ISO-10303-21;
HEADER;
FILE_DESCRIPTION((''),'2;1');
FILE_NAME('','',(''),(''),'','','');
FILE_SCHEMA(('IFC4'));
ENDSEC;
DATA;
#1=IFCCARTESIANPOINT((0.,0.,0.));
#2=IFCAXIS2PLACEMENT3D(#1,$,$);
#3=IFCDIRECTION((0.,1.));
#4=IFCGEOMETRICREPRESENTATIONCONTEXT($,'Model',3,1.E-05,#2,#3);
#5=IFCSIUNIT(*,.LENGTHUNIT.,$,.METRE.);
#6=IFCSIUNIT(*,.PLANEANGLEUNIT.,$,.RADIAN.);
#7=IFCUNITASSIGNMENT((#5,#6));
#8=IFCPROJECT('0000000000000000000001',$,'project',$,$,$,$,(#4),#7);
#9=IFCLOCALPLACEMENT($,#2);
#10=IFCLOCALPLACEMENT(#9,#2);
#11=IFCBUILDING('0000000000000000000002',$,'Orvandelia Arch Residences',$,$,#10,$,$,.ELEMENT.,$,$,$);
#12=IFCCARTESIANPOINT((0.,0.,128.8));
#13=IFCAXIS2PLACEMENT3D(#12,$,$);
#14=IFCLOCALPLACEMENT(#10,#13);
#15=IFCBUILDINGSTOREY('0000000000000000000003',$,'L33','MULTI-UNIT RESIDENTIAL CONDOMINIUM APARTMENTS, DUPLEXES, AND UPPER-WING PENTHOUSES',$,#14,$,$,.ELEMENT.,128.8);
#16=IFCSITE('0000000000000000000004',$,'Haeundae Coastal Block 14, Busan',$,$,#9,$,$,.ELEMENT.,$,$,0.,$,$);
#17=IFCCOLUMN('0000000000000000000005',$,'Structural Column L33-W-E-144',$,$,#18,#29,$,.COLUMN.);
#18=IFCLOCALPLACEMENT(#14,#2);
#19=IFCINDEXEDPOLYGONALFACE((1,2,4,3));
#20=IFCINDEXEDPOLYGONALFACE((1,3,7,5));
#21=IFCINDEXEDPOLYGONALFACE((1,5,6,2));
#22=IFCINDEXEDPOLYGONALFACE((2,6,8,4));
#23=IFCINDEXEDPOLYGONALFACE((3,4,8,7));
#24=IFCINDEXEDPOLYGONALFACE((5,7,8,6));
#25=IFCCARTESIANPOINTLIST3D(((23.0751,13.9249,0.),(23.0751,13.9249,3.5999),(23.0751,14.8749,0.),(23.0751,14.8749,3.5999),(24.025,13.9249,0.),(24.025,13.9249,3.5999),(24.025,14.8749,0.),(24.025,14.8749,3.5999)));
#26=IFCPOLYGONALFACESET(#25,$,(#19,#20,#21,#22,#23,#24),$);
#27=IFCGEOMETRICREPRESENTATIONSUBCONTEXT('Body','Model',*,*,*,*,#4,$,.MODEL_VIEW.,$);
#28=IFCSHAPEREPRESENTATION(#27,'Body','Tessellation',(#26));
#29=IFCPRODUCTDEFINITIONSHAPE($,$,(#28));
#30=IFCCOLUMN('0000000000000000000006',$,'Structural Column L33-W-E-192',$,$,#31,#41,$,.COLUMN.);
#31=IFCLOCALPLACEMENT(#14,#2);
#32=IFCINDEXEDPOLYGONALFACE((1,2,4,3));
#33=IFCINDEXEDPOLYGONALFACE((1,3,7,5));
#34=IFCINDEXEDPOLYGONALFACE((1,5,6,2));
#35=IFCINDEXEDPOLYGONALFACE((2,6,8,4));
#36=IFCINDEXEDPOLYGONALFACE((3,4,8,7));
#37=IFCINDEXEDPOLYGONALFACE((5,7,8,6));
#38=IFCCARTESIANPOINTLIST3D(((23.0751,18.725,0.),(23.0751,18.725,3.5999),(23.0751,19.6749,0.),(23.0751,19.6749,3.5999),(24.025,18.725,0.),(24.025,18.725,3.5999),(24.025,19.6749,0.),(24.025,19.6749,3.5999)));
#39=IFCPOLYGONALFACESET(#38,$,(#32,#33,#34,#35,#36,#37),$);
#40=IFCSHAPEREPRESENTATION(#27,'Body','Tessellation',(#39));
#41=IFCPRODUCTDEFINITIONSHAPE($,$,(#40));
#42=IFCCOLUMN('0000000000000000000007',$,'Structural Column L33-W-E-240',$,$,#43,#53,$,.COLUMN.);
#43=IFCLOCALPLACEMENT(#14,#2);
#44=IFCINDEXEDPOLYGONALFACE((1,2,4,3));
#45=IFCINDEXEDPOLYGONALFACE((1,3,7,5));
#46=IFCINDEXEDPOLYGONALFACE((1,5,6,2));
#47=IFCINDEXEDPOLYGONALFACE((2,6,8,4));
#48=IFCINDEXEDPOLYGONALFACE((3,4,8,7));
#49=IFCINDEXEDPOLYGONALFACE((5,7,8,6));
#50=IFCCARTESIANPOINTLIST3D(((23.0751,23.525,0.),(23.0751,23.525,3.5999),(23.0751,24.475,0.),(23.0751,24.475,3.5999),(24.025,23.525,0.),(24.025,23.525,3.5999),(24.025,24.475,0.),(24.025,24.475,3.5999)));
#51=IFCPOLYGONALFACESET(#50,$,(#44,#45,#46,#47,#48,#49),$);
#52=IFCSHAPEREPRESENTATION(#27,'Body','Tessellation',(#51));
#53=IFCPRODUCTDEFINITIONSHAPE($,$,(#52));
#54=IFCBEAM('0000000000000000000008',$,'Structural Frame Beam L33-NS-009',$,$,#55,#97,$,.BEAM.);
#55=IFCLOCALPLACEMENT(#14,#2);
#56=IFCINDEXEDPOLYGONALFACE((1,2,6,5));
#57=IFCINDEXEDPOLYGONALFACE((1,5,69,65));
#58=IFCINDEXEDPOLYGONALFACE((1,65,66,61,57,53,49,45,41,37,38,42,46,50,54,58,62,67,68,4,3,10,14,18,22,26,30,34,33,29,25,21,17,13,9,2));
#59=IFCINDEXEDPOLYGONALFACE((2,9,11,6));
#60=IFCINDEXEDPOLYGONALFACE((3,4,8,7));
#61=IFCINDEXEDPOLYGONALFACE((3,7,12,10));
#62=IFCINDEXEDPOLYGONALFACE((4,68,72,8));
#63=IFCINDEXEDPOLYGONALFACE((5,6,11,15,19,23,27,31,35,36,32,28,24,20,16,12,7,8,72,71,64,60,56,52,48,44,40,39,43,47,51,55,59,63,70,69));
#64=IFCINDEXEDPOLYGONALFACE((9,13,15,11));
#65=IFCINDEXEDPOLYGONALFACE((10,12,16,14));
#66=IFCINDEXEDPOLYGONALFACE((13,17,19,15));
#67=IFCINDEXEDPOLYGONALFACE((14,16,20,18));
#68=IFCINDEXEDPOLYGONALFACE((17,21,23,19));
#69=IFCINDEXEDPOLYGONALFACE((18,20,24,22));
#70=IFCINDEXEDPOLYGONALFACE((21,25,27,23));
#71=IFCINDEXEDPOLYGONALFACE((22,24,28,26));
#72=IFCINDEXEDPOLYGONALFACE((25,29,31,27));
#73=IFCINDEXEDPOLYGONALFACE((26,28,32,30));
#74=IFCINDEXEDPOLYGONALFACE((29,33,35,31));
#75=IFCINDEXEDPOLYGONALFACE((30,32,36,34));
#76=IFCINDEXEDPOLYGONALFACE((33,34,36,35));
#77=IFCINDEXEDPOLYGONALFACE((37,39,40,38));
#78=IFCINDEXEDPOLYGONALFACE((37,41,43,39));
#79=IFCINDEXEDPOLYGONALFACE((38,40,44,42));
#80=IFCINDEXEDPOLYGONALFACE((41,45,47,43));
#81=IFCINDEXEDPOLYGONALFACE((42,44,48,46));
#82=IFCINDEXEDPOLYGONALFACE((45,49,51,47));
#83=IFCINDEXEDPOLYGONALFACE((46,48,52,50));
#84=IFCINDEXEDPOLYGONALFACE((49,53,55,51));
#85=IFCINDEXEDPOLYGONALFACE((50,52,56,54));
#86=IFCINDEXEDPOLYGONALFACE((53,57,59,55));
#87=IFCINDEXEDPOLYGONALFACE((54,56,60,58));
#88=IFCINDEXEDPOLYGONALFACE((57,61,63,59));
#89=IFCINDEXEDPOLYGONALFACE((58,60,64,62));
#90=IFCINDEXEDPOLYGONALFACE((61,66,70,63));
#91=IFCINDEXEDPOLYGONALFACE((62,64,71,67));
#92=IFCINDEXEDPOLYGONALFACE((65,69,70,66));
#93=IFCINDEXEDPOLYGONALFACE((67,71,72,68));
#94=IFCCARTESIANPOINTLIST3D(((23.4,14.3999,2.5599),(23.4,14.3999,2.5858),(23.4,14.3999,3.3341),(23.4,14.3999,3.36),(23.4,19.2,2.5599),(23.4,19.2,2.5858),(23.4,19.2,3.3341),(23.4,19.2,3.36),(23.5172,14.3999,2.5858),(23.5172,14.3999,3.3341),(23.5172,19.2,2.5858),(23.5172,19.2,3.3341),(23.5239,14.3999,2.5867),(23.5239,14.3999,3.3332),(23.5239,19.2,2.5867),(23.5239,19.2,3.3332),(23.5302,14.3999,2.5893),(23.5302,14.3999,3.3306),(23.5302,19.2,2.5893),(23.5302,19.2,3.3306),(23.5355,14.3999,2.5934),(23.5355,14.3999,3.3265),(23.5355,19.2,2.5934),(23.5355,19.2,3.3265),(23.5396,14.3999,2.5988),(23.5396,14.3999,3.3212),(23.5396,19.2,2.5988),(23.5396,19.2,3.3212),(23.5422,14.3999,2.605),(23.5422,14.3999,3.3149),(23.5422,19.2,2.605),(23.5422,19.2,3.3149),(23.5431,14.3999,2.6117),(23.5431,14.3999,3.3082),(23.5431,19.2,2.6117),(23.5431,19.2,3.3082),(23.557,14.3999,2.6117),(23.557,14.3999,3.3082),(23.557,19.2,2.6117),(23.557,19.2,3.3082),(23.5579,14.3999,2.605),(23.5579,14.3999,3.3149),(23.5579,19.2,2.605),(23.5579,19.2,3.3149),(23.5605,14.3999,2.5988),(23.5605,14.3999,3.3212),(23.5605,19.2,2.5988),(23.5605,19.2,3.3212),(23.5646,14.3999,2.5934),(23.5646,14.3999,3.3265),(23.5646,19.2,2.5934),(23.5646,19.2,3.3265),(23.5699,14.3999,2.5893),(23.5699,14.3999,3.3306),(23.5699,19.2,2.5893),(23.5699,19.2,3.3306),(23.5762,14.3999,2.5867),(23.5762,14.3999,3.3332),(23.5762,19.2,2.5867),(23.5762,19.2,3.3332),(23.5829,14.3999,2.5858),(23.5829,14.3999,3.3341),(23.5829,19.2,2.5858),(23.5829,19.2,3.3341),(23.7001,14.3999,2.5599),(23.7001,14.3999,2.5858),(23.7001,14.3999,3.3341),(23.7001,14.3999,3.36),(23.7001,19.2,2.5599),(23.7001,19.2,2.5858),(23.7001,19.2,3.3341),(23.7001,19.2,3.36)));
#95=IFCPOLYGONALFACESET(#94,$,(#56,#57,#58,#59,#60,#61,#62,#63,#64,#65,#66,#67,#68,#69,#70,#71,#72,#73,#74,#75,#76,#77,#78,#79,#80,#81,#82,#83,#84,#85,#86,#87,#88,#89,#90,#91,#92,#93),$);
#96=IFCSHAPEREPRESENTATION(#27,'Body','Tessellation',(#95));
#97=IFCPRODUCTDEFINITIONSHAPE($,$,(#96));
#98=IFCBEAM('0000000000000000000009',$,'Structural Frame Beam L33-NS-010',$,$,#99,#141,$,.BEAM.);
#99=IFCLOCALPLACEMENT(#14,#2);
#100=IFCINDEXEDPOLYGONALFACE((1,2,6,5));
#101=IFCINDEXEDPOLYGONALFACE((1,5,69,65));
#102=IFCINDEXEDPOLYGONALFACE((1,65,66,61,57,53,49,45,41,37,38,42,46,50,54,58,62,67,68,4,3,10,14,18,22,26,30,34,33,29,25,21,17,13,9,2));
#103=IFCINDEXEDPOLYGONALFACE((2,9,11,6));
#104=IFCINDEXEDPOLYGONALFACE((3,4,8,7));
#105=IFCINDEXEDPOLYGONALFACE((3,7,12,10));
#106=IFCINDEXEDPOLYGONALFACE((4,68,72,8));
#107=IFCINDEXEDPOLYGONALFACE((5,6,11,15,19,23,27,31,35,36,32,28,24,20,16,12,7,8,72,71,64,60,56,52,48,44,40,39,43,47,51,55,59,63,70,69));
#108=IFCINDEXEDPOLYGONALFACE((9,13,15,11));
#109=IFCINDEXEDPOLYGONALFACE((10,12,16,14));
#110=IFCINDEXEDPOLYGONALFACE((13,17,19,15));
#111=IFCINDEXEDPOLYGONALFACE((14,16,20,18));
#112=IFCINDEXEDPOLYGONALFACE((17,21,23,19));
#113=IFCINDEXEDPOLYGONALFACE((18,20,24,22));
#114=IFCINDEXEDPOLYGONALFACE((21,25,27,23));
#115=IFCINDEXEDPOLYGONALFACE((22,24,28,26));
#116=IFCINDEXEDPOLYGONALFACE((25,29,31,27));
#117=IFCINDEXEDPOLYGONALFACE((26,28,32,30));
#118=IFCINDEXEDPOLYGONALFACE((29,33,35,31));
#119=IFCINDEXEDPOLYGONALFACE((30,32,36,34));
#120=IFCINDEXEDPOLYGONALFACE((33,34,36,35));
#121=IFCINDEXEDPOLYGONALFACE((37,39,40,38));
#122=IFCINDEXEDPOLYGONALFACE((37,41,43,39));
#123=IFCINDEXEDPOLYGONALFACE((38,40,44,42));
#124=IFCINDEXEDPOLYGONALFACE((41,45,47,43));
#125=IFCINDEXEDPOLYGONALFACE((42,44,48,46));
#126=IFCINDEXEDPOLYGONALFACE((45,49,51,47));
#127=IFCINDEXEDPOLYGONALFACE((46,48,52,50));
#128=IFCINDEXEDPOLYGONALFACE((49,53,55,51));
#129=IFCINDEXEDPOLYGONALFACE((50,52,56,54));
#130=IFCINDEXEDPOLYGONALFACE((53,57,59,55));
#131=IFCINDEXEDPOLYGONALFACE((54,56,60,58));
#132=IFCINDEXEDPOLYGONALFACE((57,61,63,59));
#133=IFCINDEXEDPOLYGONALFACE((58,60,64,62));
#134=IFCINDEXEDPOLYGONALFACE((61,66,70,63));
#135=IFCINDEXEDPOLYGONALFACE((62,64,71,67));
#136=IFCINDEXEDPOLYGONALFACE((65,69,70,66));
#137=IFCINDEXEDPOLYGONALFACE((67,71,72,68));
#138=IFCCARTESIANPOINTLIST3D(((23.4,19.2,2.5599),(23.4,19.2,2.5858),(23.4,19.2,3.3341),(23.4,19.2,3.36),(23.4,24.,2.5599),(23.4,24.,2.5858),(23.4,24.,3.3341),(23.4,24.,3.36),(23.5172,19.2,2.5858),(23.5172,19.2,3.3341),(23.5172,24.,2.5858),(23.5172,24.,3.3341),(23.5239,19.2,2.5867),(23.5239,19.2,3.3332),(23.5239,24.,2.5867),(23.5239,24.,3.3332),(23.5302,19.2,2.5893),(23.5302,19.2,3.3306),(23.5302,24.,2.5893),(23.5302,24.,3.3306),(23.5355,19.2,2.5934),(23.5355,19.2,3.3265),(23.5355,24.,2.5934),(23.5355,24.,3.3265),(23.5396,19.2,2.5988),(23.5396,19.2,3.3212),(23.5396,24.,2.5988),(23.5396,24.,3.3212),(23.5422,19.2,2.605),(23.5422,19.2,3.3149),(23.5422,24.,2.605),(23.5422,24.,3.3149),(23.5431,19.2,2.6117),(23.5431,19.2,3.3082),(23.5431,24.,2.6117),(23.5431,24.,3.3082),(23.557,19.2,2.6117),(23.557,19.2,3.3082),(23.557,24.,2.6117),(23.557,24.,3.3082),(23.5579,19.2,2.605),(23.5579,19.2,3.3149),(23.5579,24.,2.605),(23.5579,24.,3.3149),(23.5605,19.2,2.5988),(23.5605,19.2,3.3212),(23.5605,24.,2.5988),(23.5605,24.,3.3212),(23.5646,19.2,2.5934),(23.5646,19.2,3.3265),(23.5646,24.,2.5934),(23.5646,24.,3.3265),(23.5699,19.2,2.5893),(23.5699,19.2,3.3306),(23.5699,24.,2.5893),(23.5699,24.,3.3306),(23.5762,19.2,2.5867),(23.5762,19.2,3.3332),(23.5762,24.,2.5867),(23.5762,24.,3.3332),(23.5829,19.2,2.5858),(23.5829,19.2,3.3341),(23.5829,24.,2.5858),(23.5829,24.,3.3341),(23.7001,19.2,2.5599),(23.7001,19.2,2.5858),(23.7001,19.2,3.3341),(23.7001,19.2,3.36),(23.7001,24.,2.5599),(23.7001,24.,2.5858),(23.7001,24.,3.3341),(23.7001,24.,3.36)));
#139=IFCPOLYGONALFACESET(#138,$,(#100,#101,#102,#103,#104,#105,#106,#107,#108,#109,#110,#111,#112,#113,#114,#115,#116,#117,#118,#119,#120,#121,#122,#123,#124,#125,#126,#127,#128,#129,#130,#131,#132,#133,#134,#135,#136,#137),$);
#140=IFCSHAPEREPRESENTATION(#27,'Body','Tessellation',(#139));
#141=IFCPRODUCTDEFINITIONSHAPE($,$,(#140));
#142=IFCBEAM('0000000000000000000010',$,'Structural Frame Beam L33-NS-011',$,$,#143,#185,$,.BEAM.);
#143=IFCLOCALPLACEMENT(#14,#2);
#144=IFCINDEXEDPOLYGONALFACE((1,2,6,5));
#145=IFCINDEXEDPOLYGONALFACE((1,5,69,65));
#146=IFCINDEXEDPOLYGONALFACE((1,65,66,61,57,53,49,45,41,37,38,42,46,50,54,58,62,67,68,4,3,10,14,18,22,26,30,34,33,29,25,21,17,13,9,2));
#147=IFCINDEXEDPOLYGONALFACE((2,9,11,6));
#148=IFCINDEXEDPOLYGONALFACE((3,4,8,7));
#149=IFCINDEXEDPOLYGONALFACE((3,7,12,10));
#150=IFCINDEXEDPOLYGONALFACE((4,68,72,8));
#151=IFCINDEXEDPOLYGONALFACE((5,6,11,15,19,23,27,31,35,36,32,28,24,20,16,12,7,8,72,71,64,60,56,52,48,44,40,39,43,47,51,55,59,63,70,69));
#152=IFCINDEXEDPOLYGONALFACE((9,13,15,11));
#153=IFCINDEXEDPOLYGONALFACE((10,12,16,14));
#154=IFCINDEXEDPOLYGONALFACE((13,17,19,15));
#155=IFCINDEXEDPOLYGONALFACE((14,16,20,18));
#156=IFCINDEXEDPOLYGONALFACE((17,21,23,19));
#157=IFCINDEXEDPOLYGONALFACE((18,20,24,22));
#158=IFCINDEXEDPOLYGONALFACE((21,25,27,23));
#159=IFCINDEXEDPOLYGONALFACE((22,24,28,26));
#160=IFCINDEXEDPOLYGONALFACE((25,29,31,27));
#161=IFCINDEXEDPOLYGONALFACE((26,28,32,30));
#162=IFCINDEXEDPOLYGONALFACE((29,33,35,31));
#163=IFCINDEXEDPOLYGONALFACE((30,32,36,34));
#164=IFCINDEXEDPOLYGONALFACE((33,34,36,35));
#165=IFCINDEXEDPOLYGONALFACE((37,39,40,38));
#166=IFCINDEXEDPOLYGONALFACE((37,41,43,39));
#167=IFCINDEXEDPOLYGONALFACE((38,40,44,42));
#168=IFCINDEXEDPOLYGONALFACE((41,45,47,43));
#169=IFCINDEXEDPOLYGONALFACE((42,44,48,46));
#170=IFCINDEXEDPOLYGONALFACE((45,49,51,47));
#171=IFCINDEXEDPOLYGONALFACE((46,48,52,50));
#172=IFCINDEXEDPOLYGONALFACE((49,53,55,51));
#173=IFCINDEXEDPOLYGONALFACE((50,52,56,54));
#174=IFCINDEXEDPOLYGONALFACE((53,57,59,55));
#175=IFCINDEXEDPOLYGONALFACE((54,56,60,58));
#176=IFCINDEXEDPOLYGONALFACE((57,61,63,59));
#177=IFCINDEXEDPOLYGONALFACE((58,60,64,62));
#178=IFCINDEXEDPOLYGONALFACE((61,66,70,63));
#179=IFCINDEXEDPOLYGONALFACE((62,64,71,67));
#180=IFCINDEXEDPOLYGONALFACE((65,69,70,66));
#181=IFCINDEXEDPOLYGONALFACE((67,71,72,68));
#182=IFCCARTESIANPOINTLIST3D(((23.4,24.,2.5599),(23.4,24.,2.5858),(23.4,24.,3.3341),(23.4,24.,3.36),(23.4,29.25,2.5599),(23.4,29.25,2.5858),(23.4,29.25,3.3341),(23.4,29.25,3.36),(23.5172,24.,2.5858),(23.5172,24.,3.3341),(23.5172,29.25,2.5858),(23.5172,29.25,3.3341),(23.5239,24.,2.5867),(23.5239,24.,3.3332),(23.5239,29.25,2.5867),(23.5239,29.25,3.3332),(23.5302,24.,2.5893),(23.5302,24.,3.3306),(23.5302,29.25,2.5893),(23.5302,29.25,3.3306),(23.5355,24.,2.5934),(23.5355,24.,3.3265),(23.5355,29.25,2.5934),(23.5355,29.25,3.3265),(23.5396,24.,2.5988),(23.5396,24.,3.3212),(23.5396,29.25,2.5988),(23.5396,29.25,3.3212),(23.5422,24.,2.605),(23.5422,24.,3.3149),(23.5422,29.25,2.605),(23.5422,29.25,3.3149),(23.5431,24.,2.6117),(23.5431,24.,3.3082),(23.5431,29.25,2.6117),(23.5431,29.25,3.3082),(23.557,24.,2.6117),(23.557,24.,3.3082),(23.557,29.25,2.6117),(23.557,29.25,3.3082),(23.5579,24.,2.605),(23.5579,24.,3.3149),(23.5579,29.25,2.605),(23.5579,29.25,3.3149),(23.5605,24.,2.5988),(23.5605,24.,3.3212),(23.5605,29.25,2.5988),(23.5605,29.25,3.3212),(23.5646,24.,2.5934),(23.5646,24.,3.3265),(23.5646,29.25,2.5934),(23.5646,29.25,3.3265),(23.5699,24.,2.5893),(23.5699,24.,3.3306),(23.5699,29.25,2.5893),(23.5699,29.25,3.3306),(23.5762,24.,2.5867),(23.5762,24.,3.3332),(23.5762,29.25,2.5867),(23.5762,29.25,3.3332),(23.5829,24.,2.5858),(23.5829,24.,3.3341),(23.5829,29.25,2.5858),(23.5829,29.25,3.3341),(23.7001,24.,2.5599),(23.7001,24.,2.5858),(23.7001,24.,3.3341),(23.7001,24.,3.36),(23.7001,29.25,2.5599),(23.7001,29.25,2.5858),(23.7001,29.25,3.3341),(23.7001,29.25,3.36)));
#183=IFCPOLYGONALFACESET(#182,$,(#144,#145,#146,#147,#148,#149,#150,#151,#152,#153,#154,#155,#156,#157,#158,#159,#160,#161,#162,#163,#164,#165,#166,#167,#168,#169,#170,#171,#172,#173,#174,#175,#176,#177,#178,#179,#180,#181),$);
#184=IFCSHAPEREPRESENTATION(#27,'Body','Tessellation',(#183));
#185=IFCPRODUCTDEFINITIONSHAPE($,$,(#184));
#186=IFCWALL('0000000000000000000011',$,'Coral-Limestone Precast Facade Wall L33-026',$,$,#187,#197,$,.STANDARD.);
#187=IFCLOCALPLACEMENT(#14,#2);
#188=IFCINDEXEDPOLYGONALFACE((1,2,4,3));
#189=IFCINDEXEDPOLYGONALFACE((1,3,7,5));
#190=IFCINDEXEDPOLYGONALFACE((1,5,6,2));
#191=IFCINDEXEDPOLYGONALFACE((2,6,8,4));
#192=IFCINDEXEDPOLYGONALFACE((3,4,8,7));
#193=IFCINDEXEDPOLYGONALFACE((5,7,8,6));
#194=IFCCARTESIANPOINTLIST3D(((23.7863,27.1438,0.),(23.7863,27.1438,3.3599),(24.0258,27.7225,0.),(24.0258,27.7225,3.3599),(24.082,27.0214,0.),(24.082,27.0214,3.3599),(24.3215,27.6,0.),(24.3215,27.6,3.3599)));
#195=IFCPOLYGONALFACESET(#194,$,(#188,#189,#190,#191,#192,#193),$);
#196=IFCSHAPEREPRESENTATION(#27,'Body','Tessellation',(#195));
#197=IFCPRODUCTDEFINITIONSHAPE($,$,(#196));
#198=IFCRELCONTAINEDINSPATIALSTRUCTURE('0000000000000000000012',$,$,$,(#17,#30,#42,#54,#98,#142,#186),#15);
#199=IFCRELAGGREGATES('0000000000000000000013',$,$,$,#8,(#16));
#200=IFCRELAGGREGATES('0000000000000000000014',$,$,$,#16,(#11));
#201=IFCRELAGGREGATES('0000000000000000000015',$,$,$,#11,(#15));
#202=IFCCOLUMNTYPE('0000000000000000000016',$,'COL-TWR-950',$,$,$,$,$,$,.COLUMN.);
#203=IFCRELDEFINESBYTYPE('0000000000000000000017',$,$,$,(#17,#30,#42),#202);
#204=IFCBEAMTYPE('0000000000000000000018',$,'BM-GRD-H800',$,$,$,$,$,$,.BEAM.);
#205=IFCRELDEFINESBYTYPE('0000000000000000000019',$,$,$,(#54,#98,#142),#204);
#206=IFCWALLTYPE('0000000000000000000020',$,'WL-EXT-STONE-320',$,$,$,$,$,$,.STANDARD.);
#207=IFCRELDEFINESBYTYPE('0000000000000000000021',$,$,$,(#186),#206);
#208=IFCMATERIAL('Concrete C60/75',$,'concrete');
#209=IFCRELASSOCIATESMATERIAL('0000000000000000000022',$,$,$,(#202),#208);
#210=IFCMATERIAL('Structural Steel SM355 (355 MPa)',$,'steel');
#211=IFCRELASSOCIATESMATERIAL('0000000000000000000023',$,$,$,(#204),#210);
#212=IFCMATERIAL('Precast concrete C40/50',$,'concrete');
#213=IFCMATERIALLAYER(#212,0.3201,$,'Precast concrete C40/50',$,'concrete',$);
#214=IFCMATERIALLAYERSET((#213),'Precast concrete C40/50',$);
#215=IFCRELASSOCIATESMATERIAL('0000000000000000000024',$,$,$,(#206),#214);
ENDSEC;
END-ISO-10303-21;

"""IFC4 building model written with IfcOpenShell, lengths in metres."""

from ifc_helpers import new_model, si_unit, direction, frame, frame_2d, origin, origin_2d, place, context, subcontext, project, spatial, rectangle, i_section, extrude, material, layer, layer_set, material_profile, profile_set, type_object, element, save


model = new_model("IFC4")

# Units and contexts
model_context = context("Model", 3, precision=1e-05, world=origin(), true_north=direction((0.0, 1.0)))
body_context = subcontext(model_context, "Body", "Model", "MODEL_VIEW")
ifc_project = project(units=[si_unit("LENGTHUNIT", "METRE"), si_unit("PLANEANGLEUNIT", "RADIAN")], contexts=[model_context])

# Site, building, storey
site_placement = place(None, origin())
site = spatial("IfcSite", under=ifc_project, at=site_placement, Name="Haeundae Coastal Block 14, Busan", CompositionType="ELEMENT", RefElevation=0.0)
building_placement = place(site_placement, origin())
building = spatial("IfcBuilding", under=site, at=building_placement, Name="Orvandelia Arch Residences", CompositionType="ELEMENT")
storey_placement = place(building_placement, frame((0.0, 0.0, 128.8)))
storey = spatial("IfcBuildingStorey", under=building, at=storey_placement, Name="L33", Description="MULTI-UNIT RESIDENTIAL CONDOMINIUM APARTMENTS, DUPLEXES, AND UPPER-WING PENTHOUSES", CompositionType="ELEMENT", Elevation=128.8)

# Columns
ifc_material_1 = material(Name="Concrete C60/75", Category="concrete")
ifc_material_profile_1 = material_profile(ifc_material_1, rectangle(XDim=0.95, YDim=0.95, at=origin_2d()), Name="Concrete C60/75", Category="concrete")
ifc_profile_set_1 = profile_set([ifc_material_profile_1], Name="Concrete C60/75")
column_type = type_object("IfcColumnType", Name="COL-TWR-950", PredefinedType="COLUMN", material=ifc_profile_set_1)
for number, where, z_axis, x_axis, name in (
    (1, (23.55, 14.3999, 0.0), (0.0, 0.0, 1.0), (1.0, 0.0, 0.0), "Structural Column L33-W-E-144"),
    (2, (23.55, 19.2, 0.0), (0.0, 0.0, 1.0), (1.0, 0.0, 0.0), "Structural Column L33-W-E-192"),
    (3, (23.55, 24.0, 0.0), (0.0, 0.0, 1.0), (1.0, 0.0, 0.0), "Structural Column L33-W-E-240"),
):
    element("IfcColumn", number, at=place(storey_placement, frame(where, z_axis=z_axis, x_axis=x_axis)), inside=storey, type_object=column_type, Name=name, PredefinedType="COLUMN", context=body_context, shape_type="SweptSolid", body=[
        extrude(rectangle(XDim=0.95, YDim=0.95, at=origin_2d()), origin(), (0.0, 0.0, 1.0), 3.5999),
    ])

# Beams
ifc_material_2 = material(Name="Structural Steel SM355 (355 MPa)", Category="steel")
ifc_material_profile_2 = material_profile(ifc_material_2, i_section(OverallWidth=0.3, OverallDepth=0.8, WebThickness=0.0139, FlangeThickness=0.0259, FilletRadius=0.0259, at=origin_2d()), Name="Structural Steel SM355 (355 MPa)", Category="steel")
ifc_profile_set_2 = profile_set([ifc_material_profile_2], Name="Structural Steel SM355 (355 MPa)")
beam_type = type_object("IfcBeamType", Name="BM-GRD-H800", PredefinedType="BEAM", material=ifc_profile_set_2)
for number, where, z_axis, x_axis, name in (
    (4, (23.55, 14.3999, 2.96), (0.0, 1.0, 0.0), (-1.0, 0.0, 0.0), "Structural Frame Beam L33-NS-009"),
    (5, (23.55, 19.2, 2.96), (0.0, 1.0, 0.0), (-1.0, 0.0, 0.0), "Structural Frame Beam L33-NS-010"),
):
    element("IfcBeam", number, at=place(storey_placement, frame(where, z_axis=z_axis, x_axis=x_axis)), inside=storey, type_object=beam_type, Name=name, PredefinedType="BEAM", context=body_context, shape_type="SweptSolid", body=[
        extrude(i_section(OverallWidth=0.3, OverallDepth=0.8, WebThickness=0.0139, FlangeThickness=0.0259, FilletRadius=0.0259, at=origin_2d()), origin(), (0.0, 0.0, 1.0), 4.8),
    ])
beam_placement = place(storey_placement, frame((23.55, 24.0, 2.96), z_axis=(0.0, 1.0, 0.0), x_axis=(-1.0, 0.0, 0.0)))
element("IfcBeam", 6, at=beam_placement, inside=storey, type_object=beam_type, Name="Structural Frame Beam L33-NS-011", PredefinedType="BEAM", context=body_context, shape_type="SweptSolid", body=[
    extrude(i_section(OverallWidth=0.3, OverallDepth=0.8, WebThickness=0.0139, FlangeThickness=0.0259, FilletRadius=0.0259, at=origin_2d()), origin(), (0.0, 0.0, 1.0), 5.25),
])

# Wall
ifc_material_3 = material(Name="Precast concrete C40/50", Category="concrete")
ifc_layer = layer(ifc_material_3, 0.3201, Name="Precast concrete C40/50", Category="concrete")
ifc_layer_set = layer_set([ifc_layer], Name="Precast concrete C40/50")
wall_type = type_object("IfcWallType", Name="WL-EXT-STONE-320", PredefinedType="STANDARD", material=ifc_layer_set)
wall_1_placement = place(storey_placement, frame((24.1736, 27.6611, 0.0), z_axis=(0.0, 0.0, 1.0), x_axis=(-0.382455, -0.923974, 0.0)))
element("IfcWall", 7, at=wall_1_placement, inside=storey, type_object=wall_type, Name="Coral-Limestone Precast Facade Wall L33-026", PredefinedType="STANDARD", context=body_context, shape_type="SweptSolid", body=[
    extrude(rectangle(XDim=0.6262, YDim=0.3201, at=frame_2d((0.313, 0.0))), origin(), (0.0, 0.0, 1.0), 3.3599),
])

save(model, "model.ifc")
